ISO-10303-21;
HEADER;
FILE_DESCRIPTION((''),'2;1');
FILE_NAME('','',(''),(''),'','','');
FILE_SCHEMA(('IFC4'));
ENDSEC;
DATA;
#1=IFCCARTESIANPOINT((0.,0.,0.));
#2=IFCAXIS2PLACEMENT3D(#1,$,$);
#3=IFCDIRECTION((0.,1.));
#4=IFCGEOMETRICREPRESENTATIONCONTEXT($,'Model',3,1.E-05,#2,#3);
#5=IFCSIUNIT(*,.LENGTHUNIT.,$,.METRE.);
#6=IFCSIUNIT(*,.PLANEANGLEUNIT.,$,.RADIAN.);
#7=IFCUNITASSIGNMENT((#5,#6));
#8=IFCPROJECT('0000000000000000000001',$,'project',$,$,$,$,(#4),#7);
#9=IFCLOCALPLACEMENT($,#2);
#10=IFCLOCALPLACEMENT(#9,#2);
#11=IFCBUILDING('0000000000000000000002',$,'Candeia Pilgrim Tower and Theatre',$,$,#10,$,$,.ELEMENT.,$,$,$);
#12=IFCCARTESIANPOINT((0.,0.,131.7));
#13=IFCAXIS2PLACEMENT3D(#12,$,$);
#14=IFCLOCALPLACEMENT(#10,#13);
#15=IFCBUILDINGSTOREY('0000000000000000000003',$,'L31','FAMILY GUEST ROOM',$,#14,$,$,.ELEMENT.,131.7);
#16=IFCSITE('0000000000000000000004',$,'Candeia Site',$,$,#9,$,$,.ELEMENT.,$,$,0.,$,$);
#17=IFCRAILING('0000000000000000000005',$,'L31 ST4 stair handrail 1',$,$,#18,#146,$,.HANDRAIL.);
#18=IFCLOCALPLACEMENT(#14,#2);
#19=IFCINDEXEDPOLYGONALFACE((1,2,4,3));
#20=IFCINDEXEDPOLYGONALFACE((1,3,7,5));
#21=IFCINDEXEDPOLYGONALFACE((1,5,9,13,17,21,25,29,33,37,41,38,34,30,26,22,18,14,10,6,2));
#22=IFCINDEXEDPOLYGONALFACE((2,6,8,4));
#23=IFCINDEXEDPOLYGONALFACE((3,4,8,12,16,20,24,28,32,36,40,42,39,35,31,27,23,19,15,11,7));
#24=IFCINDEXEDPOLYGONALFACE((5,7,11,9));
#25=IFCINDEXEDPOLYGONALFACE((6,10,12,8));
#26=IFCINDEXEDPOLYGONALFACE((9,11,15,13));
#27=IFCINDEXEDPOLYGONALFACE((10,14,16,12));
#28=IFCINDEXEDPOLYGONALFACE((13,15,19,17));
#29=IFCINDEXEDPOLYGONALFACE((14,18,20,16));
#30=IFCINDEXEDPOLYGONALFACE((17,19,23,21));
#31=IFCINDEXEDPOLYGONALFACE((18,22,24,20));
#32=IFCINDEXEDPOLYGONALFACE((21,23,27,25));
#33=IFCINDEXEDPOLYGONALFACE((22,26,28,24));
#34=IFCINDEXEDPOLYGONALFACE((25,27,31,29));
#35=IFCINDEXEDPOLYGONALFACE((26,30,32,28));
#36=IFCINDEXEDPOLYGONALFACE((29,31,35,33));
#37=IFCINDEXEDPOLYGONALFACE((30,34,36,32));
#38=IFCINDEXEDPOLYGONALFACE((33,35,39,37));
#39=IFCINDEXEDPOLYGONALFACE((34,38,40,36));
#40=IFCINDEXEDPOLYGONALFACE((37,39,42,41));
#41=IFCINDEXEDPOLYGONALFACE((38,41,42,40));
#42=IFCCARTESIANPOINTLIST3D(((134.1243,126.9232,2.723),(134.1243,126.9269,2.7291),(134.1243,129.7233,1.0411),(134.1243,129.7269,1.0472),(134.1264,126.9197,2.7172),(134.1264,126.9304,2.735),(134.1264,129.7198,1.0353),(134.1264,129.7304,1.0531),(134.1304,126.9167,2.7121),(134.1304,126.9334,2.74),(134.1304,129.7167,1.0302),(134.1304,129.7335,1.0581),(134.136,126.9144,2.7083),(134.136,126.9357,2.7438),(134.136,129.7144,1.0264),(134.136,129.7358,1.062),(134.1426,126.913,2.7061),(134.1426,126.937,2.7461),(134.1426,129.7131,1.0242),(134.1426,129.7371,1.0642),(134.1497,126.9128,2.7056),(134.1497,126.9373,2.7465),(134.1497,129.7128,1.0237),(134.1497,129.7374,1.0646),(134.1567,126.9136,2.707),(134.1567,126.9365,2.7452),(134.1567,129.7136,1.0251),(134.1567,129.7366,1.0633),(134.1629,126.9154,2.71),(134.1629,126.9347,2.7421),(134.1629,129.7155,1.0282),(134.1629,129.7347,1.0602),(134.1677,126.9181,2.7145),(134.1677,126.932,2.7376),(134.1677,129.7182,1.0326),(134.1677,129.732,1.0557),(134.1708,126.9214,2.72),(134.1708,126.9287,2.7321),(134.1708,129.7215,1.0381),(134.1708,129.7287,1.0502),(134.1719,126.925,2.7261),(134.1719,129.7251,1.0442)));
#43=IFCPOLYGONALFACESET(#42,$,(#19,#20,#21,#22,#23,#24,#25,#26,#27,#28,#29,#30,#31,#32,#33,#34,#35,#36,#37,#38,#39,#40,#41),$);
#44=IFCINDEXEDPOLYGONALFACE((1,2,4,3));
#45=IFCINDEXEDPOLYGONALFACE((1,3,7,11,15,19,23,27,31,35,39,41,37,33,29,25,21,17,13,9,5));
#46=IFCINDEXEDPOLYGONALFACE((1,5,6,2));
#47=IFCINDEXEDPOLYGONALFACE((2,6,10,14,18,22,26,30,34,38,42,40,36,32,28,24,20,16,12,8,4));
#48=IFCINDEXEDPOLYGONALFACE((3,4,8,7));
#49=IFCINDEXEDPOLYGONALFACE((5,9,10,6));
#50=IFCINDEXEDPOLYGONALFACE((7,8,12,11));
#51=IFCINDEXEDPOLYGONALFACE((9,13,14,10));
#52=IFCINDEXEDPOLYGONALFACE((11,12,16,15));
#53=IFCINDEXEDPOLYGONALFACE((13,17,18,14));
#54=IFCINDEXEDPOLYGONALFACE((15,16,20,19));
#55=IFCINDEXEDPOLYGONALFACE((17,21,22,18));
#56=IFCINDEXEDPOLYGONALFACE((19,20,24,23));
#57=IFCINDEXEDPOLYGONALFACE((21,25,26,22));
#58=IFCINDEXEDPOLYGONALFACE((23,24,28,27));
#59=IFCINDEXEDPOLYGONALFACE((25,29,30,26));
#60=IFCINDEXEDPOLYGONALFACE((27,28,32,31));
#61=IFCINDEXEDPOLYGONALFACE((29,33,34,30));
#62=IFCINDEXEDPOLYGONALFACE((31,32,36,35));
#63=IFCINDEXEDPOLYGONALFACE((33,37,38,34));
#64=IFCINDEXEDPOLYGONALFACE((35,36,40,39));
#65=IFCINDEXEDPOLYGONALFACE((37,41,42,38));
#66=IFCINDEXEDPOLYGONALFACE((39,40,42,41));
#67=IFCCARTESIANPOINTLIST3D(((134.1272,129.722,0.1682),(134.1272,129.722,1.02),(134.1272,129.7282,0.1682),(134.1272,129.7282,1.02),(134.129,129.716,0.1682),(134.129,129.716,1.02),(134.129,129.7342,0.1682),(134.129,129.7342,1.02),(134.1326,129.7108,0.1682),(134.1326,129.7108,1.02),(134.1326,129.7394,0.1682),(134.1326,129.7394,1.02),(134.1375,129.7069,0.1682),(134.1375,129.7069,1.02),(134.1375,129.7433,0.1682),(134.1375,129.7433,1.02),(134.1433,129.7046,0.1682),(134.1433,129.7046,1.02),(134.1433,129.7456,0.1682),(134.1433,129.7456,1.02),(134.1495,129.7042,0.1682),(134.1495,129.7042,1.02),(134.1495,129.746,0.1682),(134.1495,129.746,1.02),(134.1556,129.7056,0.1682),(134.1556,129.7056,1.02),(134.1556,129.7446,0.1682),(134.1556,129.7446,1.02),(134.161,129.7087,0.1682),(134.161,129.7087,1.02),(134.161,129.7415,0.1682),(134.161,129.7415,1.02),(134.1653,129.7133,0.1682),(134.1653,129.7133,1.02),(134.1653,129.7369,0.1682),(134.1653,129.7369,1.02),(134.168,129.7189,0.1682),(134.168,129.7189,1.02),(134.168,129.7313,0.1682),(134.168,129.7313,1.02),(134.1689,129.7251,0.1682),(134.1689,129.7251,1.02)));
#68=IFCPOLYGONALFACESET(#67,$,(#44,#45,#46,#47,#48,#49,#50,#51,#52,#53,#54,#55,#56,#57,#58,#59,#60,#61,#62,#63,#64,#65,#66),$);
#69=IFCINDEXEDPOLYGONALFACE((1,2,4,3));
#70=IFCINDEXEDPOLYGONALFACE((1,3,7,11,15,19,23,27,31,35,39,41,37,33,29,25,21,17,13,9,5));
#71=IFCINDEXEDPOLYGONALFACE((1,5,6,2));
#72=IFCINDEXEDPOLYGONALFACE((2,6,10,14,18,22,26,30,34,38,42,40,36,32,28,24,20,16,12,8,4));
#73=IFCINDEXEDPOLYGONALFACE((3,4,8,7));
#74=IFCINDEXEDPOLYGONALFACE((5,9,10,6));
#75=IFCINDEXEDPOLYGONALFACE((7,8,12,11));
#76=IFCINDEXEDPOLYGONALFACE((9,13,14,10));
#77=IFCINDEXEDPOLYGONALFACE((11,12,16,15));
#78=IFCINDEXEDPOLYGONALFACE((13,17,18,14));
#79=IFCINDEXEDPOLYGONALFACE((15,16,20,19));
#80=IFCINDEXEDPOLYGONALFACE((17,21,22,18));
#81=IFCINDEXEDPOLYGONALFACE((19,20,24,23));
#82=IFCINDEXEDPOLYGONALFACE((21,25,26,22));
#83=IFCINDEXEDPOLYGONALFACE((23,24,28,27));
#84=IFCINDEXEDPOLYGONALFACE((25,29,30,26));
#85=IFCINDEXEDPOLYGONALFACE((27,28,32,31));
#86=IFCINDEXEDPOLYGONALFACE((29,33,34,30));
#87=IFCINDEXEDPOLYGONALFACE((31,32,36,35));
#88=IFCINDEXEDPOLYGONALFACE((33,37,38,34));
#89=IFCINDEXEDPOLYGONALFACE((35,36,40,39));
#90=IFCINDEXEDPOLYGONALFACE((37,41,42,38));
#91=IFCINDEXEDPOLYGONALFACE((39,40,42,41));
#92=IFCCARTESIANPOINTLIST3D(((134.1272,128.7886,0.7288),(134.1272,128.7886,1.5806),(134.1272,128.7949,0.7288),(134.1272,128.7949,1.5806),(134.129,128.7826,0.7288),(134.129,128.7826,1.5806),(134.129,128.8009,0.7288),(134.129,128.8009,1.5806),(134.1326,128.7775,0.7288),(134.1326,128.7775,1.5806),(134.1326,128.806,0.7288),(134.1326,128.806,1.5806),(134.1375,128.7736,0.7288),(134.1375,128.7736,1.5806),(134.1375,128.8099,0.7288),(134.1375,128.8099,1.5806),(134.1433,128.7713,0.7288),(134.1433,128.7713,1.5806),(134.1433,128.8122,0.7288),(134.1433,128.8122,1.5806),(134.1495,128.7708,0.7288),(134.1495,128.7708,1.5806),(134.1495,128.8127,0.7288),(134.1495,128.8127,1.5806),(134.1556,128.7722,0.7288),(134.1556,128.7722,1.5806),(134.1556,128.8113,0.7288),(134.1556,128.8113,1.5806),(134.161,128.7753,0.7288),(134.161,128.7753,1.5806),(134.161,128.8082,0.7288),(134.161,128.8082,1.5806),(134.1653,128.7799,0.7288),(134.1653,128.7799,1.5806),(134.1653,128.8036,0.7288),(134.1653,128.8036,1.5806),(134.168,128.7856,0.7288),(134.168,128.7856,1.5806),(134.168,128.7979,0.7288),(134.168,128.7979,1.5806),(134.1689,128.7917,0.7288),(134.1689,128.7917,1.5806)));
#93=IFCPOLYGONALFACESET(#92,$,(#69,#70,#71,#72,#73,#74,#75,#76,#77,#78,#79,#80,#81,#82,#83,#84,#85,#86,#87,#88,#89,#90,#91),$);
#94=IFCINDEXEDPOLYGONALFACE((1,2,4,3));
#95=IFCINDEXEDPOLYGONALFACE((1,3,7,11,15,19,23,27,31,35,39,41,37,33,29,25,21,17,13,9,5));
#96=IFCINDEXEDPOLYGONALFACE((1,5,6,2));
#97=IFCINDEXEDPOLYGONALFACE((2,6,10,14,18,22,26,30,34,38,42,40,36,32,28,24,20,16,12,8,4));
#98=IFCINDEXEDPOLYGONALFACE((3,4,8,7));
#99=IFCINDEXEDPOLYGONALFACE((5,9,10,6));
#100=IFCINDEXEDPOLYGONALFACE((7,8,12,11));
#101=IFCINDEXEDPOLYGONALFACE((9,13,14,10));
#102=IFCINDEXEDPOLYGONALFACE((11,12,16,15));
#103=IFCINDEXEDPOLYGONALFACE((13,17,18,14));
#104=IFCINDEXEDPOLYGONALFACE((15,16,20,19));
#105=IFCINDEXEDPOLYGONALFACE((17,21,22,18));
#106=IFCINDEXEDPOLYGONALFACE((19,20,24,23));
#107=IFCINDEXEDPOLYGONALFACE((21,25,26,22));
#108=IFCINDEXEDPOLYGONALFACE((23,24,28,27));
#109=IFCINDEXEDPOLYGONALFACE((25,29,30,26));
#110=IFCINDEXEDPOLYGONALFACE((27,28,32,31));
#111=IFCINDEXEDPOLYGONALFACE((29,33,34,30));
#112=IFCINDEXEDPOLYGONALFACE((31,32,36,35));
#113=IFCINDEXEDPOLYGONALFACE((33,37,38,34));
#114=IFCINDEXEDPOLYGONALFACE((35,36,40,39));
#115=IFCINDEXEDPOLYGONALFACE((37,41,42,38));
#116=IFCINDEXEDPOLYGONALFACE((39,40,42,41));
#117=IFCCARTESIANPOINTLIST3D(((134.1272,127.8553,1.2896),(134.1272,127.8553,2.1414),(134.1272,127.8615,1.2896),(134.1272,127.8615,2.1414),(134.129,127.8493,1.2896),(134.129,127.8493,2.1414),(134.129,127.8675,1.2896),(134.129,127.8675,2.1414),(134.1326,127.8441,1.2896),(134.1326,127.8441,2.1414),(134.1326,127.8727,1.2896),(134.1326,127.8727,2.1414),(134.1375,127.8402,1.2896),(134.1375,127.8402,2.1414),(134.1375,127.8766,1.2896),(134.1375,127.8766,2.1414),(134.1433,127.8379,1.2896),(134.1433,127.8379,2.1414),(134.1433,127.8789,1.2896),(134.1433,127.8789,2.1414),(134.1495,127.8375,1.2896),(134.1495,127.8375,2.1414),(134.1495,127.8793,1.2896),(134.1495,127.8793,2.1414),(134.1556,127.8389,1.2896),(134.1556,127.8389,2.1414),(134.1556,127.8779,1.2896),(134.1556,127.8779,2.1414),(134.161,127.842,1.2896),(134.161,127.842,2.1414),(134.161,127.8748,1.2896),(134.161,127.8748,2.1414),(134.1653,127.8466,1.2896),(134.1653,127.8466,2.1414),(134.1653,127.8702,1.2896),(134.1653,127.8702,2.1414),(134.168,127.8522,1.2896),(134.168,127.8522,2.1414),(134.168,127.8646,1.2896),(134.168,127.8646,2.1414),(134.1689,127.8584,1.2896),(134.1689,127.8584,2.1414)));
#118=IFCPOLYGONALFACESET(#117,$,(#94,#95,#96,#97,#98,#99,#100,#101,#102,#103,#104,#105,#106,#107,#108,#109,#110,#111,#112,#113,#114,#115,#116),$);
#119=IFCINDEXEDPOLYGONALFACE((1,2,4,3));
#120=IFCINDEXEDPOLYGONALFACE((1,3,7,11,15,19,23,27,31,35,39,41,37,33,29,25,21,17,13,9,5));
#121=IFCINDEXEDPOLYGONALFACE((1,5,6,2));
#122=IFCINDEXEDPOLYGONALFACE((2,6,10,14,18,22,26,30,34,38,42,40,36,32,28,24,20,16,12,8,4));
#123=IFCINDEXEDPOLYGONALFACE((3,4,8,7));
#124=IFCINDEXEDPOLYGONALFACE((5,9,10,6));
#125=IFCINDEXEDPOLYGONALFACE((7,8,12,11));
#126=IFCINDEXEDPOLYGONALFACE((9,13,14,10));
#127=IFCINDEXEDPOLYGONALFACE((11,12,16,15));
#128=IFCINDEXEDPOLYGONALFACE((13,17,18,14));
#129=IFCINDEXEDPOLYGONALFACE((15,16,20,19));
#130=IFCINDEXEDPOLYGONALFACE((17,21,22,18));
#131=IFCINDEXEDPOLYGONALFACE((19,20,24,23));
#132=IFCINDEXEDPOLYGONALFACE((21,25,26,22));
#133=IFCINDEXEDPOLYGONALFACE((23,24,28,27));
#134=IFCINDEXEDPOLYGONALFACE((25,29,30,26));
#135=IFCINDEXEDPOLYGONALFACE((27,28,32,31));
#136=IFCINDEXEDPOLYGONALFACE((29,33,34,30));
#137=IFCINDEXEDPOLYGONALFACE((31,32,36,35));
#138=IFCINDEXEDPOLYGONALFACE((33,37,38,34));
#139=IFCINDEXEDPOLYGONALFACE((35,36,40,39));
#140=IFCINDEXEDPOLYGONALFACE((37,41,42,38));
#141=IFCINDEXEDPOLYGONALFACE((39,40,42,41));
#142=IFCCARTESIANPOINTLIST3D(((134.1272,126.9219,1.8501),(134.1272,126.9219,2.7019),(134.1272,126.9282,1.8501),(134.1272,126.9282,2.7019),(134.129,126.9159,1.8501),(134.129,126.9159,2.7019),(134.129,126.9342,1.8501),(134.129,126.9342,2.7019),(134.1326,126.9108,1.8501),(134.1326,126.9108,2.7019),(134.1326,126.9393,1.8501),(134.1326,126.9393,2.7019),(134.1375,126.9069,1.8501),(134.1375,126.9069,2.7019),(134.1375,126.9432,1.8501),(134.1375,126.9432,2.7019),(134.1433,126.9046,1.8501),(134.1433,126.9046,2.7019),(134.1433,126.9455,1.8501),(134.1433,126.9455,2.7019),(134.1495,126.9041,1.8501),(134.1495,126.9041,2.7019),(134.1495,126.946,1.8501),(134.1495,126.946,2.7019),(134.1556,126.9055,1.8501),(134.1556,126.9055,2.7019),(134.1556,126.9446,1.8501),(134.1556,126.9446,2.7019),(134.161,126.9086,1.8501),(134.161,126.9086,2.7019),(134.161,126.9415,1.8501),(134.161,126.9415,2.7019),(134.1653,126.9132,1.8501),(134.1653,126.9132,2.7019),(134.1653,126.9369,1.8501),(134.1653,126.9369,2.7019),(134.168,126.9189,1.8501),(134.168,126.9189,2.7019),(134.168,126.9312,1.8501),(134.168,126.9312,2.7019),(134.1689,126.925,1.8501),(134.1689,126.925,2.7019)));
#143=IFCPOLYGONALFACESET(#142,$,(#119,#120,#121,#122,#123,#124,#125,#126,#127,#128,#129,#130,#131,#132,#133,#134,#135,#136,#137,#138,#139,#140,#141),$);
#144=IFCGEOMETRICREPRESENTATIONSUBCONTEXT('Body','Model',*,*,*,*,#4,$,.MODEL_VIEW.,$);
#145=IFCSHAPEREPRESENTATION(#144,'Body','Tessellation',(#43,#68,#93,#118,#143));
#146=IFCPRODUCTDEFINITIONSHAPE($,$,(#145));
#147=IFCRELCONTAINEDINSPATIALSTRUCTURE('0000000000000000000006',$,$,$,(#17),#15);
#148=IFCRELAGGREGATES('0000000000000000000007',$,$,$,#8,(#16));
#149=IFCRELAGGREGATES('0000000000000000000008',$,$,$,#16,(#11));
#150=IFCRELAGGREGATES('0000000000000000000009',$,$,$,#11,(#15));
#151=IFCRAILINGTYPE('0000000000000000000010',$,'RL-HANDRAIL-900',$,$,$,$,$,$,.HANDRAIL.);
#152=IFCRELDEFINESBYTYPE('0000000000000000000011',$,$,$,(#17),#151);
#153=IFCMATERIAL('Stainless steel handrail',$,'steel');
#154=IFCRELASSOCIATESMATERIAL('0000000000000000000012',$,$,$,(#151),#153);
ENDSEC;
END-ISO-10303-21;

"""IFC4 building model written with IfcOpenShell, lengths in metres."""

from ifc_helpers import new_model, si_unit, direction, frame, origin, origin_2d, place, context, subcontext, project, spatial, circle, extrude, material, type_object, element, save


model = new_model("IFC4")

# Units and contexts
model_context = context("Model", 3, precision=1e-05, world=origin(), true_north=direction((0.0, 1.0)))
body_context = subcontext(model_context, "Body", "Model", "MODEL_VIEW")
ifc_project = project(units=[si_unit("LENGTHUNIT", "METRE"), si_unit("PLANEANGLEUNIT", "RADIAN")], contexts=[model_context])

# Site, building, storey
site_placement = place(None, origin())
site = spatial("IfcSite", under=ifc_project, at=site_placement, Name="Candeia Site", CompositionType="ELEMENT", RefElevation=0.0)
building_placement = place(site_placement, origin())
building = spatial("IfcBuilding", under=site, at=building_placement, Name="Candeia Pilgrim Tower and Theatre", CompositionType="ELEMENT")
storey_placement = place(building_placement, frame((0.0, 0.0, 131.7)))
storey = spatial("IfcBuildingStorey", under=building, at=storey_placement, Name="L31", Description="FAMILY GUEST ROOM", CompositionType="ELEMENT", Elevation=131.7)

# Railing
ifc_material_1 = material(Name="Stainless steel handrail", Category="steel")
railing_type_1 = type_object("IfcRailingType", Name="RL-HANDRAIL-900", PredefinedType="HANDRAIL", material=ifc_material_1)
railing_1_placement = place(storey_placement, frame((134.1479, 129.7251, 0.1682)))
element("IfcRailing", 1, at=railing_1_placement, inside=storey, type_object=railing_type_1, Name="L31 ST4 stair handrail 1", PredefinedType="HANDRAIL", context=body_context, shape_type="SweptSolid", body=[
    extrude(circle(Radius=0.0239, at=origin_2d()), frame((0.0, 0.0, 0.876), z_axis=(0.0, -0.857242, 0.514913), x_axis=(1.0, 0.0, 0.0)), (0.0, 0.0, 1.0), 3.2664),
    extrude(circle(Radius=0.021, at=origin_2d()), origin(), (0.0, 0.0, 1.0), 0.8518),
    extrude(circle(Radius=0.021, at=origin_2d()), frame((0.0, -0.9333, 0.5605)), (0.0, 0.0, 1.0), 0.8518),
    extrude(circle(Radius=0.021, at=origin_2d()), frame((0.0, -1.8667, 1.1213)), (0.0, 0.0, 1.0), 0.8518),
    extrude(circle(Radius=0.021, at=origin_2d()), frame((0.0, -2.8, 1.6819)), (0.0, 0.0, 1.0), 0.8518),
])

save(model, "model.ifc")
